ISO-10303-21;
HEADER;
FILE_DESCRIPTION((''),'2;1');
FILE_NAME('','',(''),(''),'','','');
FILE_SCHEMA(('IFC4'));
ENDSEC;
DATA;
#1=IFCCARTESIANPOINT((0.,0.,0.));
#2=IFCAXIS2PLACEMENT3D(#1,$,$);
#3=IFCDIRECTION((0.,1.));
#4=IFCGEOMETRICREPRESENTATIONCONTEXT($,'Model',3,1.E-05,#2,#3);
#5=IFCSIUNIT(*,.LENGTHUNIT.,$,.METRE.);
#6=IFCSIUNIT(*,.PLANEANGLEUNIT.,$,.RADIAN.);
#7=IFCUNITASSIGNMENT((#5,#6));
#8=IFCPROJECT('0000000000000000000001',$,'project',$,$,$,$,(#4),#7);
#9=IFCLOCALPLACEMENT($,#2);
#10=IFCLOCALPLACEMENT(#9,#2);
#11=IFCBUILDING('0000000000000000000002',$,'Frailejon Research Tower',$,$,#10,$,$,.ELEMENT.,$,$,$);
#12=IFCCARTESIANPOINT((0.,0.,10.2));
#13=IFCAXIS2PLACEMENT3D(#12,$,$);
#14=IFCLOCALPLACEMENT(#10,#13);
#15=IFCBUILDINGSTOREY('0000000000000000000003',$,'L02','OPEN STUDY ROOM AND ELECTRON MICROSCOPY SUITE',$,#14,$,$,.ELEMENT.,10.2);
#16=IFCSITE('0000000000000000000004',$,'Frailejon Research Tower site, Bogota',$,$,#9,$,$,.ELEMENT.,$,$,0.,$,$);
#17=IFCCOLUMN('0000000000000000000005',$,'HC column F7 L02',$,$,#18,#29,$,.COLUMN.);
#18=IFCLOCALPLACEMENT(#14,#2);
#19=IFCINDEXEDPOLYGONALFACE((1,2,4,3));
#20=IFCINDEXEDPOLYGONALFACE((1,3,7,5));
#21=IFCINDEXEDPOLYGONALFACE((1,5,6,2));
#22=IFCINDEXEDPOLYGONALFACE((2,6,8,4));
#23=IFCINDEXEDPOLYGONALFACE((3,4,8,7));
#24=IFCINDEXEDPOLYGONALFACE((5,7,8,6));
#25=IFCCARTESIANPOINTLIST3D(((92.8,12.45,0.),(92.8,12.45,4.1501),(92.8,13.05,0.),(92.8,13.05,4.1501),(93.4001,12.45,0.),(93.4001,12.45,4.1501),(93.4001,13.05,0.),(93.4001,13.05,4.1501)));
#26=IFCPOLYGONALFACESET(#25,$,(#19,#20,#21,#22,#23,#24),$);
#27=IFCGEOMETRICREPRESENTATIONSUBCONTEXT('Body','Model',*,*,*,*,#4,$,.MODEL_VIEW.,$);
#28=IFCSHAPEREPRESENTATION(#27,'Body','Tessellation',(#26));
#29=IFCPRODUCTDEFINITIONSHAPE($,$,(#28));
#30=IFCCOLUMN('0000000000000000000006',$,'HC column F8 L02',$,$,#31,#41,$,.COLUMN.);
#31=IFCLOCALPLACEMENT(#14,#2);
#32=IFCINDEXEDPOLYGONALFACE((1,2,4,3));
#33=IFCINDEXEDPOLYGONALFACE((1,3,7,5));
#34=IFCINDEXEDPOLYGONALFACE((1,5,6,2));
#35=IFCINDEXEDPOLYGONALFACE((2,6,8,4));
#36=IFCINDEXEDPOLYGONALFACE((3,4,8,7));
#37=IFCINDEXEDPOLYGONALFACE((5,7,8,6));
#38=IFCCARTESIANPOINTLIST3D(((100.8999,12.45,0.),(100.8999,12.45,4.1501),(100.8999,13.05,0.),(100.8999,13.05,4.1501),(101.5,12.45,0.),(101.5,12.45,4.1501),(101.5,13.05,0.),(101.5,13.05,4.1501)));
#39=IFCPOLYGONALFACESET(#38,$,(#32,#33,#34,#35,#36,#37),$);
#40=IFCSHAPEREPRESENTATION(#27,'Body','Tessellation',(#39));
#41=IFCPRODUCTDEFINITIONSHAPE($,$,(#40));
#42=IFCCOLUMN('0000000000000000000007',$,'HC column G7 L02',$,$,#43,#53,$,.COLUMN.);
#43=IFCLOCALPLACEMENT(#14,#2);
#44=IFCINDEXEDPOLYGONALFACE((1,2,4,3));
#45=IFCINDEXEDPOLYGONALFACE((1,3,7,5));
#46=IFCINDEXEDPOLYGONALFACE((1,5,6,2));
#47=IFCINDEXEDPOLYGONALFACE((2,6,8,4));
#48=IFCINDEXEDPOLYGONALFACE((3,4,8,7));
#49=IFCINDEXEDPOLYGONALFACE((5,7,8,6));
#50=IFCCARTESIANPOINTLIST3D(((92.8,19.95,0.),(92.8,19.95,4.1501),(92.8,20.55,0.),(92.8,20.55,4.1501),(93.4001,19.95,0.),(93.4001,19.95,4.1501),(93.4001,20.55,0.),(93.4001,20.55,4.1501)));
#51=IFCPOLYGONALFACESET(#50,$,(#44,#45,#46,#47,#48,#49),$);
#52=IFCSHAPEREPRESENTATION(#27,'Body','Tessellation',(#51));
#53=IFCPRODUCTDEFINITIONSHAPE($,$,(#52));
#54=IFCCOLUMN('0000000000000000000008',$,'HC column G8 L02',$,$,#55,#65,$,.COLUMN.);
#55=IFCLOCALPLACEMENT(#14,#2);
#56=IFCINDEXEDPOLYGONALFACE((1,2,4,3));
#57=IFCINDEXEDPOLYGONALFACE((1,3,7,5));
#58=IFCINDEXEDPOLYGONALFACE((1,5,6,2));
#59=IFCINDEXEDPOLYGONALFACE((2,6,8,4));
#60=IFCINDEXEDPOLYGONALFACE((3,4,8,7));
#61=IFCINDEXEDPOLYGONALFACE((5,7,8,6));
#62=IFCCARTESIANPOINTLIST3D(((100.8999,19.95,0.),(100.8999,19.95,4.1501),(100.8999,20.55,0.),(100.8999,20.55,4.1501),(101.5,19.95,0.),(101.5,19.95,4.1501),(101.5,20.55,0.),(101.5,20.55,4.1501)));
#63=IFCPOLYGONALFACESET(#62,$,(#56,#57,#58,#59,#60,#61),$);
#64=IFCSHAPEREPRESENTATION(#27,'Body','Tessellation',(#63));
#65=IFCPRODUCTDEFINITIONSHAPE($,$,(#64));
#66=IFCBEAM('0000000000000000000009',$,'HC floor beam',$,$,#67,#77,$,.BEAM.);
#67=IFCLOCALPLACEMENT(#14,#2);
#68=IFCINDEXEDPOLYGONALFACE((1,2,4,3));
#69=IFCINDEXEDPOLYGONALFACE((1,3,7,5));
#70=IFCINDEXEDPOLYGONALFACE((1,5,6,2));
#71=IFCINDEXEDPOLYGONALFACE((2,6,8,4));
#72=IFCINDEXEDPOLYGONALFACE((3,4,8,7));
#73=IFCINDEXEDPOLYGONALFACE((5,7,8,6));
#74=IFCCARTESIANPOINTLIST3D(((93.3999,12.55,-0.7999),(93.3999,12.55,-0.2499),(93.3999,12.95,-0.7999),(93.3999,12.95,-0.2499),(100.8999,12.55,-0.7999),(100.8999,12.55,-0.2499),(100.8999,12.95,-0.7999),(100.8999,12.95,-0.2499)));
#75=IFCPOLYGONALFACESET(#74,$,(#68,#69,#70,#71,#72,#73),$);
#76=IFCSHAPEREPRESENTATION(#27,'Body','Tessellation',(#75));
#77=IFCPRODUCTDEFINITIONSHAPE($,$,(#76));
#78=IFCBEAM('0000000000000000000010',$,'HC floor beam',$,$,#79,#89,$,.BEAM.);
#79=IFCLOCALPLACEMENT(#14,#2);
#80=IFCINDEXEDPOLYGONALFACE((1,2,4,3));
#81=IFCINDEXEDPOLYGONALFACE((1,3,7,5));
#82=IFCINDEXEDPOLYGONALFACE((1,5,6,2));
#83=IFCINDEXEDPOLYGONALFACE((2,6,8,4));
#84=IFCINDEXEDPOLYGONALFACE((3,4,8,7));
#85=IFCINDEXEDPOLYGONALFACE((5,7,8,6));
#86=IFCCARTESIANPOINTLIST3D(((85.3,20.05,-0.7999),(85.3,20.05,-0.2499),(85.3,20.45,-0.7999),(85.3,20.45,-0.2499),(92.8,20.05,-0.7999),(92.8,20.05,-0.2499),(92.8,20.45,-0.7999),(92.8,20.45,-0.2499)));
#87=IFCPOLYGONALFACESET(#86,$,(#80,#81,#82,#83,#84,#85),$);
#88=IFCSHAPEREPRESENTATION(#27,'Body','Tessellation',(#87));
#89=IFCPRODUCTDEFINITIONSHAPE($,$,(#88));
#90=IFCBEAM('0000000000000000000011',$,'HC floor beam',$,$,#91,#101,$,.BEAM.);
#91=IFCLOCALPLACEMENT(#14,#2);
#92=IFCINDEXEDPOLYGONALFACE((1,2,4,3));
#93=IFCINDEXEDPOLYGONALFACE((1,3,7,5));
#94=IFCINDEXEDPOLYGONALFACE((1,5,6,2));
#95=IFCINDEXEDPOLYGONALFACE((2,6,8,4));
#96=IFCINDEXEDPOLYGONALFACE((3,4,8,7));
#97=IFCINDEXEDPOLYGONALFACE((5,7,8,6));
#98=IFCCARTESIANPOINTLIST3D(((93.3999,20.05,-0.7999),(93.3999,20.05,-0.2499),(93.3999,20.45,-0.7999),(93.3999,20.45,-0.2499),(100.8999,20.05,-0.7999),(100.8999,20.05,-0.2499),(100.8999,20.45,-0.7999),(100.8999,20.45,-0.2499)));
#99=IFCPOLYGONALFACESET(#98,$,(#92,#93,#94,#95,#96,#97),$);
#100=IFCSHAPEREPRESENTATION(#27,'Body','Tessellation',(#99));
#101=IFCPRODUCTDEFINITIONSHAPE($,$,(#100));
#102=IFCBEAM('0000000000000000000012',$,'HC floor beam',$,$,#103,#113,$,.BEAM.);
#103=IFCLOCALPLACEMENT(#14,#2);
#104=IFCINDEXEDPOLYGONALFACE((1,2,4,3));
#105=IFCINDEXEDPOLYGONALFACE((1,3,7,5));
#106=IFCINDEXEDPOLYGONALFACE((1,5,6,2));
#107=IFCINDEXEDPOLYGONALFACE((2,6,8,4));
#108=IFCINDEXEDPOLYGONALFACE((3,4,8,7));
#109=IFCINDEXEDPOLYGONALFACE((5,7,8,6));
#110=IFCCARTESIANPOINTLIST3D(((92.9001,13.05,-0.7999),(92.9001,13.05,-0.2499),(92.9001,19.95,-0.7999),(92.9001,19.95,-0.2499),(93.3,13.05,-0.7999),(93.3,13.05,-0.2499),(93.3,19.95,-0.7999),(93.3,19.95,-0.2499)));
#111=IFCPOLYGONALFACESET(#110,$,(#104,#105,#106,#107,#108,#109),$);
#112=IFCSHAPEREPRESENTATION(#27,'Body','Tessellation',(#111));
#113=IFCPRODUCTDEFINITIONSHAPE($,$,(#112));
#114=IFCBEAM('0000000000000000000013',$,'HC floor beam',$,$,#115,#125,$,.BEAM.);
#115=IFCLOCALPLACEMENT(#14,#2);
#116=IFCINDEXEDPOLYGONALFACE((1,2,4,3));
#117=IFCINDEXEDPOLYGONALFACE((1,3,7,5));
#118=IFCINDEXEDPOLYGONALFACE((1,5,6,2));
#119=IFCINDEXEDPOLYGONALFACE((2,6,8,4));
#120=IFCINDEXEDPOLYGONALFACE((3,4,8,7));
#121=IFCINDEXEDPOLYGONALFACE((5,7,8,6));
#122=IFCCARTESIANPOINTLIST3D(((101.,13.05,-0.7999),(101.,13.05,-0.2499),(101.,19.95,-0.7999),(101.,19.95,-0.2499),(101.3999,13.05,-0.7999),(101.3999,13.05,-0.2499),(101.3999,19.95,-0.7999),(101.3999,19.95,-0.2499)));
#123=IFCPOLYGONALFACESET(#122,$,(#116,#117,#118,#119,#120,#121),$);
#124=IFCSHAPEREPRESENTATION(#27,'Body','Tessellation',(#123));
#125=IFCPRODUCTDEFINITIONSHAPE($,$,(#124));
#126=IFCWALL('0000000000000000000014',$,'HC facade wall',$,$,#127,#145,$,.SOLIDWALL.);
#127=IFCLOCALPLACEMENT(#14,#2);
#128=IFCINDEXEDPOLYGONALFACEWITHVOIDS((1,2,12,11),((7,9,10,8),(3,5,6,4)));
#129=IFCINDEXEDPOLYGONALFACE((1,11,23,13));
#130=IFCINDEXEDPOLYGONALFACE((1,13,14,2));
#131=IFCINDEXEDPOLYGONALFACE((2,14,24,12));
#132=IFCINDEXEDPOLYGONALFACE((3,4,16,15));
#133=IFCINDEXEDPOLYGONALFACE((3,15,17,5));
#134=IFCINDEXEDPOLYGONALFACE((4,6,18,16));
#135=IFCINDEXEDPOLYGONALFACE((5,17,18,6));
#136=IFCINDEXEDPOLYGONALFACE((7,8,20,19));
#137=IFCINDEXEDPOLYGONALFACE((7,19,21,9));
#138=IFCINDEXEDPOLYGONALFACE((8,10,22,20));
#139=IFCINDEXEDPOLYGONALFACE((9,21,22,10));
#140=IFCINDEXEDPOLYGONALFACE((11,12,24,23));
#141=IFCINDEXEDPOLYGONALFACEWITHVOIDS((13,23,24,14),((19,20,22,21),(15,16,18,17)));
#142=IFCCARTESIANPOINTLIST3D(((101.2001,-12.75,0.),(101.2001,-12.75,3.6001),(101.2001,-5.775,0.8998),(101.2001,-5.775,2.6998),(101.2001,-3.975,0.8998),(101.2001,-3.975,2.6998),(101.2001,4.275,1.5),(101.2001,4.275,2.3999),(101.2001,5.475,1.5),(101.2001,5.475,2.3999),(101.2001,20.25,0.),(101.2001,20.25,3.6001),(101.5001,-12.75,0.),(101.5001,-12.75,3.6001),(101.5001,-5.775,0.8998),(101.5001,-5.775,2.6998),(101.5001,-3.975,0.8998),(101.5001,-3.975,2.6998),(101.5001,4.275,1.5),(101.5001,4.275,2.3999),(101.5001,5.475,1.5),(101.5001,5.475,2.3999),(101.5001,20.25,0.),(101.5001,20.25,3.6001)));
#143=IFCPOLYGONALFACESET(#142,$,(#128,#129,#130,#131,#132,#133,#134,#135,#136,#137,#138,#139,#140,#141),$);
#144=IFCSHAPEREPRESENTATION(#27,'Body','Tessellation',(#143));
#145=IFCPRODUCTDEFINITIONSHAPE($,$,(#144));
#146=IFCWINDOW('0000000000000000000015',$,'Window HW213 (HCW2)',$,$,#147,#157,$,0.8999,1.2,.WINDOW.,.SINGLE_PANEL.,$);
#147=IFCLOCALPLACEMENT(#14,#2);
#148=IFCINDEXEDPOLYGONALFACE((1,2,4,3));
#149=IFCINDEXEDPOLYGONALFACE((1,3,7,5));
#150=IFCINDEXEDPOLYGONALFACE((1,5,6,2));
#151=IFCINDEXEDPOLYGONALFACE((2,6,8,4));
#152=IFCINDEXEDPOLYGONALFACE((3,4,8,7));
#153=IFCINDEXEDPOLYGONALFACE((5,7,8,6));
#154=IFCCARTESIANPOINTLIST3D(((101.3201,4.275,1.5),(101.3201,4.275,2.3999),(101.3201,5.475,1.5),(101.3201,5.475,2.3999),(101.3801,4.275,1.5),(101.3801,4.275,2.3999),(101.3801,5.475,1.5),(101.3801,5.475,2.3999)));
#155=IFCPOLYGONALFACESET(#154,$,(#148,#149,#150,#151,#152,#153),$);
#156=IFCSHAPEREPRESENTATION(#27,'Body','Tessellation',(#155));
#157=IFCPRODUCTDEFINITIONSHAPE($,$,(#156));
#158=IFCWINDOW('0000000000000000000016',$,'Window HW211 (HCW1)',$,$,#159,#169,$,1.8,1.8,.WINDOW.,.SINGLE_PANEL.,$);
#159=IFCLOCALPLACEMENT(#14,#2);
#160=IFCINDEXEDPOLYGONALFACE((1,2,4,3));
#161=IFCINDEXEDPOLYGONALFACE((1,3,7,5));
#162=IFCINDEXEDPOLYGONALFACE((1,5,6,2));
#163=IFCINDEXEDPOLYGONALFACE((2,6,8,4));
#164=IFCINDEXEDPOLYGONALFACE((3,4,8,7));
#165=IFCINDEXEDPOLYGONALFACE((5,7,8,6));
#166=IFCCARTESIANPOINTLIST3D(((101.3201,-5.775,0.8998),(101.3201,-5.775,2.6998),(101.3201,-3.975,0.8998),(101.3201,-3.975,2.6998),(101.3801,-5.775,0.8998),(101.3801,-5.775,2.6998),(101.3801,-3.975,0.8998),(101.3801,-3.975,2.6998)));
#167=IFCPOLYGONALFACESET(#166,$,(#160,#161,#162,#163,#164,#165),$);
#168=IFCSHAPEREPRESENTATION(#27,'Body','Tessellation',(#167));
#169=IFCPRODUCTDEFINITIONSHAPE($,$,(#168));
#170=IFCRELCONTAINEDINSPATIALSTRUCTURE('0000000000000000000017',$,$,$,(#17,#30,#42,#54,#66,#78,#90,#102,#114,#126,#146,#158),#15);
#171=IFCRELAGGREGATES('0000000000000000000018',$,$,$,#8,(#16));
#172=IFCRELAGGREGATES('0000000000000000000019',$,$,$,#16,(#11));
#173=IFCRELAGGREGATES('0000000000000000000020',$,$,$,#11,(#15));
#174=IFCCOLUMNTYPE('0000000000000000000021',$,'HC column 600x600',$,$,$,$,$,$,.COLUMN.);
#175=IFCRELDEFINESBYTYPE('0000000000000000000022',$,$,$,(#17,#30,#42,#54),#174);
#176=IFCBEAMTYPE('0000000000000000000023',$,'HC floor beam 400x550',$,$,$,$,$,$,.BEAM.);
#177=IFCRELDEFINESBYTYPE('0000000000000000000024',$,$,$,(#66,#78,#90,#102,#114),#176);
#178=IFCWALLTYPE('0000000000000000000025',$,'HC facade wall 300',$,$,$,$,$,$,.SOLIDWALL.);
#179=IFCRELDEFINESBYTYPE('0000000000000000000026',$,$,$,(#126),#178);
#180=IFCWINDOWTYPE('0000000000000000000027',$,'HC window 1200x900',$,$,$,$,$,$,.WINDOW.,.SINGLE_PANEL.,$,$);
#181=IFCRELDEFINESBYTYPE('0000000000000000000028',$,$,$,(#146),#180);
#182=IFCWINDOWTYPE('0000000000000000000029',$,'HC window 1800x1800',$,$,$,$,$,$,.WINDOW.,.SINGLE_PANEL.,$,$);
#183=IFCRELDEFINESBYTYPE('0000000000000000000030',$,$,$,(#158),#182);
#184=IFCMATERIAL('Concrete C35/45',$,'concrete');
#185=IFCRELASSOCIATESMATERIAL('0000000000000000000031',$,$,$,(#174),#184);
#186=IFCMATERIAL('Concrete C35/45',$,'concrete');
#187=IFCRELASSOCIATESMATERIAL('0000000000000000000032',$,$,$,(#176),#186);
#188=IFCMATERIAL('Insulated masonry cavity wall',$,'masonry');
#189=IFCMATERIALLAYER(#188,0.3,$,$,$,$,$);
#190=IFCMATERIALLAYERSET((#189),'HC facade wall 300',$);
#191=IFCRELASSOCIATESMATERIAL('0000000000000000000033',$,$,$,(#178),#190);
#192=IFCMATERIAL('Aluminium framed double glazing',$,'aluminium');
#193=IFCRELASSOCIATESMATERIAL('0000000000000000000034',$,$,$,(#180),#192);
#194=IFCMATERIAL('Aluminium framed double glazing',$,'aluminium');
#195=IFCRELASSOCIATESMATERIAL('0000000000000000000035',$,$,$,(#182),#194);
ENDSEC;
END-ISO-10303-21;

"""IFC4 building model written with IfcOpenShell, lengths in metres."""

from ifc_helpers import new_model, si_unit, direction, frame, frame_2d, origin, origin_2d, place, context, subcontext, project, spatial, rectangle, extrude, material, layer, layer_set, material_profile, profile_set, type_object, element, fill, save


model = new_model("IFC4")

# Units and contexts
model_context = context("Model", 3, precision=1e-05, world=origin(), true_north=direction((0.0, 1.0)))
body_context = subcontext(model_context, "Body", "Model", "MODEL_VIEW")
ifc_project = project(units=[si_unit("LENGTHUNIT", "METRE"), si_unit("PLANEANGLEUNIT", "RADIAN")], contexts=[model_context])

# Site, building, storey
site_placement = place(None, origin())
site = spatial("IfcSite", under=ifc_project, at=site_placement, Name="Frailejon Research Tower site, Bogota", CompositionType="ELEMENT", RefElevation=0.0)
building_placement = place(site_placement, origin())
building = spatial("IfcBuilding", under=site, at=building_placement, Name="Frailejon Research Tower", CompositionType="ELEMENT")
storey_placement = place(building_placement, frame((0.0, 0.0, 10.2)))
storey = spatial("IfcBuildingStorey", under=building, at=storey_placement, Name="L02", Description="OPEN STUDY ROOM AND ELECTRON MICROSCOPY SUITE", CompositionType="ELEMENT", Elevation=10.2)

# Columns
ifc_material_1 = material(Name="Concrete C35/45", Category="concrete")
ifc_material_profile_1 = material_profile(ifc_material_1, rectangle(XDim=0.6001, YDim=0.6001, at=origin_2d()), Name="HC column 600x600")
ifc_profile_set_1 = profile_set([ifc_material_profile_1], Name="Concrete C35/45")
column_type = type_object("IfcColumnType", Name="HC column 600x600", PredefinedType="COLUMN", material=ifc_profile_set_1)
for number, where, z_axis, x_axis, name in (
    (1, (93.1001, 12.75, 0.0), (0.0, 0.0, 1.0), (1.0, 0.0, 0.0), "HC column F7 L02"),
    (2, (101.2, 12.75, 0.0), (0.0, 0.0, 1.0), (1.0, 0.0, 0.0), "HC column F8 L02"),
    (3, (93.1001, 20.25, 0.0), (0.0, 0.0, 1.0), (1.0, 0.0, 0.0), "HC column G7 L02"),
    (4, (101.2, 20.25, 0.0), (0.0, 0.0, 1.0), (1.0, 0.0, 0.0), "HC column G8 L02"),
):
    element("IfcColumn", number, at=place(storey_placement, frame(where, z_axis=z_axis, x_axis=x_axis)), inside=storey, type_object=column_type, Name=name, PredefinedType="COLUMN", context=body_context, shape_type="SweptSolid", body=[
        extrude(rectangle(XDim=0.6001, YDim=0.6001, at=origin_2d()), origin(), (0.0, 0.0, 1.0), 4.1501),
    ])

# Beams
ifc_material_2 = material(Name="Concrete C35/45", Category="concrete")
ifc_material_profile_2 = material_profile(ifc_material_2, rectangle(XDim=0.3999, YDim=0.55, at=origin_2d()), Name="HC floor beam 400x550")
ifc_profile_set_2 = profile_set([ifc_material_profile_2], Name="Concrete C35/45")
beam_type = type_object("IfcBeamType", Name="HC floor beam 400x550", PredefinedType="BEAM", material=ifc_profile_set_2)
for number, where, z_axis, x_axis, name in (
    (5, (93.3999, 12.75, -0.5249), (1.0, 0.0, 0.0), (0.0, 1.0, 0.0), "HC floor beam"),
    (6, (85.3, 20.25, -0.5249), (1.0, 0.0, 0.0), (0.0, 1.0, 0.0), "HC floor beam"),
    (7, (93.3999, 20.25, -0.5249), (1.0, 0.0, 0.0), (0.0, 1.0, 0.0), "HC floor beam"),
):
    element("IfcBeam", number, at=place(storey_placement, frame(where, z_axis=z_axis, x_axis=x_axis)), inside=storey, type_object=beam_type, Name=name, PredefinedType="BEAM", context=body_context, shape_type="SweptSolid", body=[
        extrude(rectangle(XDim=0.3999, YDim=0.55, at=origin_2d()), origin(), (0.0, 0.0, 1.0), 7.5),
    ])
for number, where, z_axis, x_axis, name in (
    (8, (93.1001, 13.05, -0.5249), (0.0, 1.0, 0.0), (-1.0, 0.0, 0.0), "HC floor beam"),
    (9, (101.2, 13.05, -0.5249), (0.0, 1.0, 0.0), (-1.0, 0.0, 0.0), "HC floor beam"),
):
    element("IfcBeam", number, at=place(storey_placement, frame(where, z_axis=z_axis, x_axis=x_axis)), inside=storey, type_object=beam_type, Name=name, PredefinedType="BEAM", context=body_context, shape_type="SweptSolid", body=[
        extrude(rectangle(XDim=0.3999, YDim=0.55, at=origin_2d()), origin(), (0.0, 0.0, 1.0), 6.8999),
    ])

# Wall, openings, windows
ifc_material_3 = material(Name="Insulated masonry cavity wall", Category="masonry")
ifc_layer_1 = layer(ifc_material_3, 0.3)
ifc_layer_set_1 = layer_set([ifc_layer_1], Name="HC facade wall 300")
wall_type_1 = type_object("IfcWallType", Name="HC facade wall 300", PredefinedType="SOLIDWALL", material=ifc_layer_set_1)
wall_1_placement = place(storey_placement, frame((101.3501, 20.25, 0.0), z_axis=(0.0, 0.0, 1.0), x_axis=(0.0, -1.0, 0.0)))
wall_1 = element("IfcWall", 10, at=wall_1_placement, inside=storey, type_object=wall_type_1, Name="HC facade wall", PredefinedType="SOLIDWALL", context=body_context, shape_type="SweptSolid", body=[
    extrude(rectangle(XDim=33.0, YDim=0.3, at=frame_2d((16.5, 0.0))), origin(), (0.0, 0.0, 1.0), 3.6001),
])
opening_1_placement = place(wall_1_placement, frame((24.2251, 0.0, 0.8999)))
opening_1 = element("IfcOpeningElement", 11, at=opening_1_placement, cuts=wall_1, PredefinedType="OPENING", context=body_context, shape_type="SweptSolid", body=[
    extrude(rectangle(XDim=1.8, YDim=1.8, at=frame_2d((0.8999, 0.8999))), frame((0.0, 0.1599, 0.0), z_axis=(0.0, -1.0, 0.0), x_axis=(1.0, 0.0, 0.0)), (0.0, 0.0, 1.0), 0.3201),
])
opening_2_placement = place(wall_1_placement, frame((14.7749, 0.0, 1.5)))
opening_2 = element("IfcOpeningElement", 12, at=opening_2_placement, cuts=wall_1, PredefinedType="OPENING", context=body_context, shape_type="SweptSolid", body=[
    extrude(rectangle(XDim=1.2, YDim=0.8999, at=frame_2d((0.6001, 0.45))), frame((0.0, 0.1599, 0.0), z_axis=(0.0, -1.0, 0.0), x_axis=(1.0, 0.0, 0.0)), (0.0, 0.0, 1.0), 0.3201),
])
ifc_material_4 = material(Name="Aluminium framed double glazing", Category="aluminium")
window_type_1 = type_object("IfcWindowType", Name="HC window 1200x900", PartitioningType="SINGLE_PANEL", PredefinedType="WINDOW", material=ifc_material_4)
window_1_placement = place(opening_2_placement, origin())
window_1 = element("IfcWindow", 13, at=window_1_placement, inside=storey, type_object=window_type_1, Name="Window HW213 (HCW2)", OverallHeight=0.8999, OverallWidth=1.2, PartitioningType="SINGLE_PANEL", PredefinedType="WINDOW", context=body_context, shape_type="SweptSolid", body=[
    extrude(rectangle(XDim=1.2, YDim=0.8999, at=frame_2d((0.6001, 0.45))), frame((0.0, 0.03, 0.0), z_axis=(0.0, -1.0, 0.0), x_axis=(1.0, 0.0, 0.0)), (0.0, 0.0, 1.0), 0.0601),
])
fill(opening_2, window_1)
ifc_material_5 = material(Name="Aluminium framed double glazing", Category="aluminium")
window_type_2 = type_object("IfcWindowType", Name="HC window 1800x1800", PartitioningType="SINGLE_PANEL", PredefinedType="WINDOW", material=ifc_material_5)
window_2_placement = place(opening_1_placement, origin())
window_2 = element("IfcWindow", 14, at=window_2_placement, inside=storey, type_object=window_type_2, Name="Window HW211 (HCW1)", OverallHeight=1.8, OverallWidth=1.8, PartitioningType="SINGLE_PANEL", PredefinedType="WINDOW", context=body_context, shape_type="SweptSolid", body=[
    extrude(rectangle(XDim=1.8, YDim=1.8, at=frame_2d((0.8999, 0.8999))), frame((0.0, 0.03, 0.0), z_axis=(0.0, -1.0, 0.0), x_axis=(1.0, 0.0, 0.0)), (0.0, 0.0, 1.0), 0.0601),
])
fill(opening_1, window_2)

save(model, "model.ifc")
